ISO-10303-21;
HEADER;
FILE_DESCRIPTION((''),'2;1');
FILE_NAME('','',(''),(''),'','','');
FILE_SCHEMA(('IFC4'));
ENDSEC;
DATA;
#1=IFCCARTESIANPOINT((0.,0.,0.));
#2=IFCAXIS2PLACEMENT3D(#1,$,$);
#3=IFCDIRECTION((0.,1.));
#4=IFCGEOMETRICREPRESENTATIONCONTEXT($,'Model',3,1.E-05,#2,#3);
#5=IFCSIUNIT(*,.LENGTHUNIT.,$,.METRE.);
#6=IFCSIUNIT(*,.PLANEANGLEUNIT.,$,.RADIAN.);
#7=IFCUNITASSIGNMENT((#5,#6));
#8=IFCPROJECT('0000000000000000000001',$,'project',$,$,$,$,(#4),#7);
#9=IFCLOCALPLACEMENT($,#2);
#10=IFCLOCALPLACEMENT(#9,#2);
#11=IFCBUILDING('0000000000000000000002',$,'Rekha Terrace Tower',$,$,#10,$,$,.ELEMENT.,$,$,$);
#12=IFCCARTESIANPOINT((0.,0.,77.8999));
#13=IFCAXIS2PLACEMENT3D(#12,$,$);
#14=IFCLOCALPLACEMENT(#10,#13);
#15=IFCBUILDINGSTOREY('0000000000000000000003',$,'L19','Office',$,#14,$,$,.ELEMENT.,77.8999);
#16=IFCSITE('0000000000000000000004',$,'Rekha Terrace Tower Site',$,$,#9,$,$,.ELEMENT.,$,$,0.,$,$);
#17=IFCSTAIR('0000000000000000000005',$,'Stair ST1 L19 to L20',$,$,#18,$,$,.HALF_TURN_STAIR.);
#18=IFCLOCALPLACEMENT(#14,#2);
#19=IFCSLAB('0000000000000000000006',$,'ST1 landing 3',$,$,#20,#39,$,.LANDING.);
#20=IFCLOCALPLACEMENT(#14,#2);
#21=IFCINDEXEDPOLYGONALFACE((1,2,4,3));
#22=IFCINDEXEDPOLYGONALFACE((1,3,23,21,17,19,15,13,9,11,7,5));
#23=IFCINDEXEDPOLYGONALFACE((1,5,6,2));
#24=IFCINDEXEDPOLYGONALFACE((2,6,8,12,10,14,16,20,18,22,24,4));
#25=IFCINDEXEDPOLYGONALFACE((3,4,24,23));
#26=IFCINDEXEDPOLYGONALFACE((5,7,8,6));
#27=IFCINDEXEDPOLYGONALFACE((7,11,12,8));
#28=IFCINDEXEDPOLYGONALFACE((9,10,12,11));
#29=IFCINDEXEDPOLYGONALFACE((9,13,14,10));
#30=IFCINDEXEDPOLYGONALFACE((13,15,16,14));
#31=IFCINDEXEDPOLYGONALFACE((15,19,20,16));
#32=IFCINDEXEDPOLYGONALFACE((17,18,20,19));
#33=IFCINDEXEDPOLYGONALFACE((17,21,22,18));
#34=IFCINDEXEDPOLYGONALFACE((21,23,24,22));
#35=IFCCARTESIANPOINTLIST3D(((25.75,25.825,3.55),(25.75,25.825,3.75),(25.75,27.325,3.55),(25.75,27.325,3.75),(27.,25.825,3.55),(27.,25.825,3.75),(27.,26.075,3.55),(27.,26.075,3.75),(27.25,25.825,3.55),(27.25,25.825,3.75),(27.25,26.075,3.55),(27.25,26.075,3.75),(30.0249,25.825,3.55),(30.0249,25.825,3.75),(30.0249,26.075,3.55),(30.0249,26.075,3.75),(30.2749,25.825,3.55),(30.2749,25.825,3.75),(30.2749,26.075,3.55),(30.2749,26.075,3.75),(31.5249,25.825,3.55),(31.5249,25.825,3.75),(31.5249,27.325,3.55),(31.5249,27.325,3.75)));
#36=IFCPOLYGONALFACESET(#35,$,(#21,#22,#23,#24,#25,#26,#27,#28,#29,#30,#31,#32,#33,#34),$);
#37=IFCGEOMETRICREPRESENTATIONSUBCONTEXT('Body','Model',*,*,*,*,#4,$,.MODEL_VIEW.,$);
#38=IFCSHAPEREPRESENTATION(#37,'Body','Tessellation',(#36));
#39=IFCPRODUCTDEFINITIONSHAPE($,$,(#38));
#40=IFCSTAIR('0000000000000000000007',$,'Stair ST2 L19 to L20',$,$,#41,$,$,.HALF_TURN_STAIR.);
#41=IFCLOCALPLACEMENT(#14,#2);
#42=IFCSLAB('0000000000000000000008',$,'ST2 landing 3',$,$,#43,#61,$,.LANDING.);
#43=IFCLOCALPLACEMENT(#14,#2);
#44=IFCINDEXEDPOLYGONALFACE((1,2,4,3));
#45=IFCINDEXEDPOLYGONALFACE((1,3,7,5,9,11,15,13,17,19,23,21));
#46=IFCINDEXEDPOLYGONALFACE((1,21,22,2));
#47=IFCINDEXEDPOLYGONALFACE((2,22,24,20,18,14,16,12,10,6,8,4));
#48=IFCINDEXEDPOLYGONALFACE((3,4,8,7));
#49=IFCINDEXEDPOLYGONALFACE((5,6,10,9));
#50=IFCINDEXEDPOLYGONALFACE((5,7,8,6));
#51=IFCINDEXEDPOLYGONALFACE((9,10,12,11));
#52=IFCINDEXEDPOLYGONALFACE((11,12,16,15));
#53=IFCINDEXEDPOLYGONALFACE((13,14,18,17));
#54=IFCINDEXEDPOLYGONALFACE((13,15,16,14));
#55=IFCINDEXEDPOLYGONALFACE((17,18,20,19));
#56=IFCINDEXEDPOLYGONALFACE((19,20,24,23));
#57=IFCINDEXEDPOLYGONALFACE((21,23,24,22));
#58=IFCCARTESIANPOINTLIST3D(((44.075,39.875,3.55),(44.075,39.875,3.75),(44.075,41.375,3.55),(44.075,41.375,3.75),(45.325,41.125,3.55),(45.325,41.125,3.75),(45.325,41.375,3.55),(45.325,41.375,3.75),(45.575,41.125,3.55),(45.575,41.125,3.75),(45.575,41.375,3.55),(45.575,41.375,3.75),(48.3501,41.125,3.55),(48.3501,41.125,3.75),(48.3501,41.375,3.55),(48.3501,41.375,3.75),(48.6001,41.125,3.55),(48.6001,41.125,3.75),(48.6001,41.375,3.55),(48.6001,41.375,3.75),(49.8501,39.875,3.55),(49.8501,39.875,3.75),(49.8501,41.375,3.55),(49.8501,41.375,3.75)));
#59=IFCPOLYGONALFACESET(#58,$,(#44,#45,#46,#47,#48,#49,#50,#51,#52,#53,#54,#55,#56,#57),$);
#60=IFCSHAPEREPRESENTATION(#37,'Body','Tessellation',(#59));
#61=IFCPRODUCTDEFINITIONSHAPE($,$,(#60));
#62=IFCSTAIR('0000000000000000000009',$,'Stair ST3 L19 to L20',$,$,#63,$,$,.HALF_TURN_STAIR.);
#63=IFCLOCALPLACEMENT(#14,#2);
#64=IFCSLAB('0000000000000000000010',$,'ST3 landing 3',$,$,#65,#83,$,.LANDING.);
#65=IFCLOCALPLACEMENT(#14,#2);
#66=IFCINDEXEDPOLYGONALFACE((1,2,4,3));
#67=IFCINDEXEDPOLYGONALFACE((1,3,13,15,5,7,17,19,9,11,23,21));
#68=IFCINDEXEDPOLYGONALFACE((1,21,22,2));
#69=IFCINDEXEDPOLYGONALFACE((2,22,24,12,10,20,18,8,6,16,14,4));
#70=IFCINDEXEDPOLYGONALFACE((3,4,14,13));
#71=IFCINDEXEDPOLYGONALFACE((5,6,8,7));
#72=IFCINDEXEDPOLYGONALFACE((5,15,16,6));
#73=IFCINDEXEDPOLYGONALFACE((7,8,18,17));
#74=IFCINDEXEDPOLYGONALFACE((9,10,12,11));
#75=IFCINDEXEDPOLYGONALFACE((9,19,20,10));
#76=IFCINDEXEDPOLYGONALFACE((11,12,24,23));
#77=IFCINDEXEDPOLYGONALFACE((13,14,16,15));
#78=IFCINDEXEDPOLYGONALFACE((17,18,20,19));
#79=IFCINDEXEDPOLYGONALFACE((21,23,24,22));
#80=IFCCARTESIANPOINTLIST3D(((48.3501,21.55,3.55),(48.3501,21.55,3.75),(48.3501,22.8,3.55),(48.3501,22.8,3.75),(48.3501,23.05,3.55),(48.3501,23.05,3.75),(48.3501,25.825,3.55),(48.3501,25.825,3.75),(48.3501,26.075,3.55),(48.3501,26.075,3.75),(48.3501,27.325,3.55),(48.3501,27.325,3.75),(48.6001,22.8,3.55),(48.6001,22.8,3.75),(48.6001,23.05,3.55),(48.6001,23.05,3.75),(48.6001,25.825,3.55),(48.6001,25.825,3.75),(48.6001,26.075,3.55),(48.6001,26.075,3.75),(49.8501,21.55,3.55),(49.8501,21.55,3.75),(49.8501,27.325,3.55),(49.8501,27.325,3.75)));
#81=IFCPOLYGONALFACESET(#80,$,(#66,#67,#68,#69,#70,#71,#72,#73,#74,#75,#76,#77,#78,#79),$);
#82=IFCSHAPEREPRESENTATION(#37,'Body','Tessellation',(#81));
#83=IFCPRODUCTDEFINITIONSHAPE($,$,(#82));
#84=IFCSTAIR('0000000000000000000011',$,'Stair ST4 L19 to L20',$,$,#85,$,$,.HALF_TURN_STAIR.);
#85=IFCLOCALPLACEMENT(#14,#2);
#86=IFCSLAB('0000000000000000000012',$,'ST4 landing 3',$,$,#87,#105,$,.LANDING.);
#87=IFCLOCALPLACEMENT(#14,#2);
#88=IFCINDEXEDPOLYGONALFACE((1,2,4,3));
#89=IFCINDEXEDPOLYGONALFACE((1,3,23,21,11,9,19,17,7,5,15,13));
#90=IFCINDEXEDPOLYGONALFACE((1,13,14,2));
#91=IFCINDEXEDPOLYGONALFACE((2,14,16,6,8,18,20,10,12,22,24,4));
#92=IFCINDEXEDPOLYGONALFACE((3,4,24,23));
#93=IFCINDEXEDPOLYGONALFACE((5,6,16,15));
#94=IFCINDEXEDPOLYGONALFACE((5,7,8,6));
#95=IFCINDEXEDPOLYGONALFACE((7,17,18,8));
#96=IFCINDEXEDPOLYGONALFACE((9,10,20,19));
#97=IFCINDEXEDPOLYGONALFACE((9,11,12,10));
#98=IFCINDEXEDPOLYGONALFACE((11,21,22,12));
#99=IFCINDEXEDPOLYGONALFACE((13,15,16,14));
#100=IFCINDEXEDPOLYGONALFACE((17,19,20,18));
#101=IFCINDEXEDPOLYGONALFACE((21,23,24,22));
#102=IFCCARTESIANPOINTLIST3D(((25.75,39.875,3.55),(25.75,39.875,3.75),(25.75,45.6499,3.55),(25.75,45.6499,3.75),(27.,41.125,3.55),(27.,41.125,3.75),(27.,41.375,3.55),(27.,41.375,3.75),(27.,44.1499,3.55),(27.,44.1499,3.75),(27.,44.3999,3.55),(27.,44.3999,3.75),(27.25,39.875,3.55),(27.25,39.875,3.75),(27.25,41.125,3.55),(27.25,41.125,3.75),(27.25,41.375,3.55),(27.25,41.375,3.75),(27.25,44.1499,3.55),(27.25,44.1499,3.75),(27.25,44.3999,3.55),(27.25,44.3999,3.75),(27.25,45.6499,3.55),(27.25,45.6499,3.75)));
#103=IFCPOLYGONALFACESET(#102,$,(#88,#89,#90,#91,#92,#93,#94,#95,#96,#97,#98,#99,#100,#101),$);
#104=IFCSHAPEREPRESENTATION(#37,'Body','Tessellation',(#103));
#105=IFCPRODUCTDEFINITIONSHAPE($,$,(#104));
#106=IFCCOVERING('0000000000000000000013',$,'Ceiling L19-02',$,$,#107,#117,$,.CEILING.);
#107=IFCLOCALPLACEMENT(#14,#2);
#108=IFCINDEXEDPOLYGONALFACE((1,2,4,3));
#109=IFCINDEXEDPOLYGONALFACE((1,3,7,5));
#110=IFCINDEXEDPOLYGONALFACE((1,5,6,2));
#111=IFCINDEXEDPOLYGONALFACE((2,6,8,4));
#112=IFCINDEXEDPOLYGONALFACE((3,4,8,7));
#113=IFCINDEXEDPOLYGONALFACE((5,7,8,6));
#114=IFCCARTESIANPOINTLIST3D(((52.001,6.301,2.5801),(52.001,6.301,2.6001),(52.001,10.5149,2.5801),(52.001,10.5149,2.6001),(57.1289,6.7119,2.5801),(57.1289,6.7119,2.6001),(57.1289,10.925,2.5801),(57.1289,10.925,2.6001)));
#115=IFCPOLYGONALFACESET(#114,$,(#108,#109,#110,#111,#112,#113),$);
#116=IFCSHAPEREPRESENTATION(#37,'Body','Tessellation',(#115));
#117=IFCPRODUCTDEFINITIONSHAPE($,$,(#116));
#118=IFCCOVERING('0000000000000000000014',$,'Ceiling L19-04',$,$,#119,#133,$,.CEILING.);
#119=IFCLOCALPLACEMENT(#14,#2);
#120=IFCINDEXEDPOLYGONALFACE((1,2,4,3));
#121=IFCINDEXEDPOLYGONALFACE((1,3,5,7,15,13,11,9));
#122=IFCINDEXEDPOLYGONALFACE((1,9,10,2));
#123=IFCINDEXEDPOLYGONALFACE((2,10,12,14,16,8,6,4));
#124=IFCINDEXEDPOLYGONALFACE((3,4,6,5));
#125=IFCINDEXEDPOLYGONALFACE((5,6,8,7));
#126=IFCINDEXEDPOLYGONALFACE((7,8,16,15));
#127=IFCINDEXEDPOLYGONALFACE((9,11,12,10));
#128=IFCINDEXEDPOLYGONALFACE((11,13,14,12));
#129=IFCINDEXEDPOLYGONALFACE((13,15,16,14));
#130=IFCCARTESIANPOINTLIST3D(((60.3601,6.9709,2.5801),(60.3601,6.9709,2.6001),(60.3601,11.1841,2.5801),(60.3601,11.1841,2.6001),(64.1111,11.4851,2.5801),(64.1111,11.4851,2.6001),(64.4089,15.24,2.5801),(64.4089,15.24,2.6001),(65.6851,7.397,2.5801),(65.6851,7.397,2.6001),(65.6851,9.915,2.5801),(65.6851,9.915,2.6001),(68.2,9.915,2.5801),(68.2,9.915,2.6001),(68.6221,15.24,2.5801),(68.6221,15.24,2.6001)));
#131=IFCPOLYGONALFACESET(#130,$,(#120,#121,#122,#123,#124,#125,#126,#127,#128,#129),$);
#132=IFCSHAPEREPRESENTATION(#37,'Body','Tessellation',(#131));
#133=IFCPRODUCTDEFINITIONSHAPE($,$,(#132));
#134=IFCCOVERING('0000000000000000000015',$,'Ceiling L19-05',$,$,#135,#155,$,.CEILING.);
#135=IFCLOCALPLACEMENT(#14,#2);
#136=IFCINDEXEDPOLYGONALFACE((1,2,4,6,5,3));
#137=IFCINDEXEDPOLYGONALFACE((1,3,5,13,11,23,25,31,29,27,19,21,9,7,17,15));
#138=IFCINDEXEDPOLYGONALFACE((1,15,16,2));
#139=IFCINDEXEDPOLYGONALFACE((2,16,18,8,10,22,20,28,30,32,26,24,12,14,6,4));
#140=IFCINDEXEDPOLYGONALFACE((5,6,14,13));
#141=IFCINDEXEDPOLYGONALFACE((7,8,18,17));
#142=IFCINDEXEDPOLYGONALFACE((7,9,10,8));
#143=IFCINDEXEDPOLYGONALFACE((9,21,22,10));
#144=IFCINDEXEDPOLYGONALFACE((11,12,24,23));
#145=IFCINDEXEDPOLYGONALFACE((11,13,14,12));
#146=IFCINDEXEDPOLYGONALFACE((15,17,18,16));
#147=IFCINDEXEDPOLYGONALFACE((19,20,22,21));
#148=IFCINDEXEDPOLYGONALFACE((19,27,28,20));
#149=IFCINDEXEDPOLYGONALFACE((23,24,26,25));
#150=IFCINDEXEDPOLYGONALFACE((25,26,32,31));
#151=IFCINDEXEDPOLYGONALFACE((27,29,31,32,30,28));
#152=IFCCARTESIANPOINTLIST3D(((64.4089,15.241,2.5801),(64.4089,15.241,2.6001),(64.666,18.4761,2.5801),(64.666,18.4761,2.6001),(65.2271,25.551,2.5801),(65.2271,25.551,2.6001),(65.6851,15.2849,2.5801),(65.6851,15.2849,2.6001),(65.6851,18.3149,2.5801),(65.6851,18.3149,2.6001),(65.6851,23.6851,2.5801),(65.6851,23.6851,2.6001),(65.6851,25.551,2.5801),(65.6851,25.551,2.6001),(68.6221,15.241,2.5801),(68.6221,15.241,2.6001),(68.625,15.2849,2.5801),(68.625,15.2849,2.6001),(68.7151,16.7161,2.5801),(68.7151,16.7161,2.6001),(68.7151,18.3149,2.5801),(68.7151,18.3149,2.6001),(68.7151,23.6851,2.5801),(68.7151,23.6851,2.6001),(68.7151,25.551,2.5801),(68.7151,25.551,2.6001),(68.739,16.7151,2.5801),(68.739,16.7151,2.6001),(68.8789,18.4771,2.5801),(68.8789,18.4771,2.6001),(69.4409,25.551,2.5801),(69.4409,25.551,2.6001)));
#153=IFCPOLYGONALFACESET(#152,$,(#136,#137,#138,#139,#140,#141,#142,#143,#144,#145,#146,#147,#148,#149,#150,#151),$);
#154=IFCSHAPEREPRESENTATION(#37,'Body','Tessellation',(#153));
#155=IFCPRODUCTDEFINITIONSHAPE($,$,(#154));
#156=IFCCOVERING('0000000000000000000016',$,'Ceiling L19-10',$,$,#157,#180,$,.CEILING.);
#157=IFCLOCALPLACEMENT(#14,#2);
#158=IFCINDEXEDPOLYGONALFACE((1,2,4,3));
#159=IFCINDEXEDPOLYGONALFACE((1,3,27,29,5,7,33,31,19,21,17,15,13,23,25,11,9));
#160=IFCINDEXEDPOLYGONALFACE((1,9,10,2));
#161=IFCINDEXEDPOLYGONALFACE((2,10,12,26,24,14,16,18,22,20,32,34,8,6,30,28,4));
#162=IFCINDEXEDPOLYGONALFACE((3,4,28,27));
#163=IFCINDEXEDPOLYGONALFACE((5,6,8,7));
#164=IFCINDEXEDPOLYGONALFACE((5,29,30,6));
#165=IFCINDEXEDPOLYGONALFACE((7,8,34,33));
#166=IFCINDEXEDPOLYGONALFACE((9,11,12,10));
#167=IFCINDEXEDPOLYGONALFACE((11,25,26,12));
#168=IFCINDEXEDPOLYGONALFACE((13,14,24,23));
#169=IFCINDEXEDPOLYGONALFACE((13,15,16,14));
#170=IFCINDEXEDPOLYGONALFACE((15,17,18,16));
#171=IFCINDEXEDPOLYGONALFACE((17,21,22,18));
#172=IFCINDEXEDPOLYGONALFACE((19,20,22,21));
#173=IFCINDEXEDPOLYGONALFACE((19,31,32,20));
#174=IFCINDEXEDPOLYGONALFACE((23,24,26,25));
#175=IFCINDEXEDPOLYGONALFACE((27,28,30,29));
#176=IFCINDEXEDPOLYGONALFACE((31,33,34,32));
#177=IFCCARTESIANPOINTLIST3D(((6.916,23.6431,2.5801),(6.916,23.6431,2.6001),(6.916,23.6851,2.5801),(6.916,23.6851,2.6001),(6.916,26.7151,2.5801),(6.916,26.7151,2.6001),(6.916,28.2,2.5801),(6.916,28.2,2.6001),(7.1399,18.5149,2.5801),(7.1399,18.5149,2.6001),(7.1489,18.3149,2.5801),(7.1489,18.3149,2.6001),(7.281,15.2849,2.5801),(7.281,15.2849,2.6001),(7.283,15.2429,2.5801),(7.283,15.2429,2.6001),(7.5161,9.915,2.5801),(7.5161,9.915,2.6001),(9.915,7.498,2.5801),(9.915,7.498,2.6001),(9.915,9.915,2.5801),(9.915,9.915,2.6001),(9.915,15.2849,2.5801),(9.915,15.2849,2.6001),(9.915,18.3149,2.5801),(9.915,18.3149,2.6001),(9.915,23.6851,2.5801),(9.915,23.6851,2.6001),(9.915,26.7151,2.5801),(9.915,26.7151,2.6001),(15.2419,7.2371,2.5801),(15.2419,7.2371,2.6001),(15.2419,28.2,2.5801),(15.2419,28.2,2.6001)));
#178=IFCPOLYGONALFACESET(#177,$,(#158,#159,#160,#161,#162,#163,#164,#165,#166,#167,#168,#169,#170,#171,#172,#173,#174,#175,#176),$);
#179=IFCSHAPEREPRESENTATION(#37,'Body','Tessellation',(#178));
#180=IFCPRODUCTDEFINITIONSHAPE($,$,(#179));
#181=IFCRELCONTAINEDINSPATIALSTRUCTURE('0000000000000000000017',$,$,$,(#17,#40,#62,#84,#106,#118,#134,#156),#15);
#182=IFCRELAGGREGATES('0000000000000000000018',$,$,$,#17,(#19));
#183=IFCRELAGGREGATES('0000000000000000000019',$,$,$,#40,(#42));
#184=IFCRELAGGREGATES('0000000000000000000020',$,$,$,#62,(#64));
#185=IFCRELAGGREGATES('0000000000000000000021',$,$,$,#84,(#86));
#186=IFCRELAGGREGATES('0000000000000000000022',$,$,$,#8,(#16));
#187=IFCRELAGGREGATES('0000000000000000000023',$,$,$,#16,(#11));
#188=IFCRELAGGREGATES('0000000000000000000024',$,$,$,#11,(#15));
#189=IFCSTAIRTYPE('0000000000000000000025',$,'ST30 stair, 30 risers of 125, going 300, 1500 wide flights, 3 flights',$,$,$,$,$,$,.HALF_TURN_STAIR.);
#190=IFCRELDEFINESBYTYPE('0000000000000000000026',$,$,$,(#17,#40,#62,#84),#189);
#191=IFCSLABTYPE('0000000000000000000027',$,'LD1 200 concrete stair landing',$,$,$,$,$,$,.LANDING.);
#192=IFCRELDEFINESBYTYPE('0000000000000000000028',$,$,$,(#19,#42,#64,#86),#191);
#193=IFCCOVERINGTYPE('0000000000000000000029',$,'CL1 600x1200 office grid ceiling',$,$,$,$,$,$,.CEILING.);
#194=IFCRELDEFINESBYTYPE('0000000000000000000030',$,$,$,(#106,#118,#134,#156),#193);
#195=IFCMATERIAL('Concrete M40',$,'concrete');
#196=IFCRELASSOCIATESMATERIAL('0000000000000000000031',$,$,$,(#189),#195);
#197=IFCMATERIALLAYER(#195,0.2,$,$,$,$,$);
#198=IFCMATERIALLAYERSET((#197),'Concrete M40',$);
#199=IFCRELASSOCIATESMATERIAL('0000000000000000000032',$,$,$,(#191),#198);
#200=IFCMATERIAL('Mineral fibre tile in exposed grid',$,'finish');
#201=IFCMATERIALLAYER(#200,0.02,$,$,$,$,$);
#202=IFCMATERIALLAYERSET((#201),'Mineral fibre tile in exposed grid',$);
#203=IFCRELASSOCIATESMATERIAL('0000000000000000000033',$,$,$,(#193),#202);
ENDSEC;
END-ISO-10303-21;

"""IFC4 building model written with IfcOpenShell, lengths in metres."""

from ifc_helpers import new_model, si_unit, direction, frame, origin, place, context, subcontext, project, spatial, polyline, outline, extrude, material, layer, layer_set, type_object, element, aggregate, save


model = new_model("IFC4")

# Units and contexts
model_context = context("Model", 3, precision=1e-05, world=origin(), true_north=direction((0.0, 1.0)))
body_context = subcontext(model_context, "Body", "Model", "MODEL_VIEW")
ifc_project = project(units=[si_unit("LENGTHUNIT", "METRE"), si_unit("PLANEANGLEUNIT", "RADIAN")], contexts=[model_context])

# Site, building, storey
site_placement = place(None, origin())
site = spatial("IfcSite", under=ifc_project, at=site_placement, Name="Rekha Terrace Tower Site", CompositionType="ELEMENT", RefElevation=0.0)
building_placement = place(site_placement, origin())
building = spatial("IfcBuilding", under=site, at=building_placement, Name="Rekha Terrace Tower", CompositionType="ELEMENT")
storey_placement = place(building_placement, frame((0.0, 0.0, 77.8999)))
storey = spatial("IfcBuildingStorey", under=building, at=storey_placement, Name="L19", Description="Office", CompositionType="ELEMENT", Elevation=77.8999)

# Stairs, slabs
ifc_material_1 = material(Name="Concrete M40", Category="concrete")
stair_type = type_object("IfcStairType", Name="ST30 stair, 30 risers of 125, going 300, 1500 wide flights, 3 flights", PredefinedType="HALF_TURN_STAIR", material=ifc_material_1)
stair_1_placement = place(storey_placement, origin())
stair_1 = element("IfcStair", 1, at=stair_1_placement, inside=storey, type_object=stair_type, Name="Stair ST1 L19 to L20", PredefinedType="HALF_TURN_STAIR")
ifc_layer_1 = layer(ifc_material_1, 0.2)
ifc_layer_set_1 = layer_set([ifc_layer_1], Name="Concrete M40")
slab_type = type_object("IfcSlabType", Name="LD1 200 concrete stair landing", PredefinedType="LANDING", material=ifc_layer_set_1)
slab_1_placement = place(storey_placement, frame((0.0, 0.0, 3.55)))
slab_1 = element("IfcSlab", 2, at=slab_1_placement, type_object=slab_type, Name="ST1 landing 3", PredefinedType="LANDING", context=body_context, shape_type="SweptSolid", body=[
    extrude(outline(polyline([(31.5249, 25.825), (31.5249, 27.325), (25.75, 27.325), (25.75, 25.825), (27.0, 25.825), (27.0, 26.075), (27.25, 26.075), (27.25, 25.825), (30.0249, 25.825), (30.0249, 26.075), (30.2749, 26.075), (30.2749, 25.825), (31.5249, 25.825)])), origin(), (0.0, 0.0, 1.0), 0.2),
])
aggregate(stair_1, [slab_1])
stair_2_placement = place(storey_placement, origin())
stair_2 = element("IfcStair", 3, at=stair_2_placement, inside=storey, type_object=stair_type, Name="Stair ST2 L19 to L20", PredefinedType="HALF_TURN_STAIR")
slab_2_placement = place(storey_placement, frame((0.0, 0.0, 3.55)))
slab_2 = element("IfcSlab", 4, at=slab_2_placement, type_object=slab_type, Name="ST2 landing 3", PredefinedType="LANDING", context=body_context, shape_type="SweptSolid", body=[
    extrude(outline(polyline([(44.075, 41.375), (44.075, 39.875), (49.8501, 39.875), (49.8501, 41.375), (48.6001, 41.375), (48.6001, 41.125), (48.3501, 41.125), (48.3501, 41.375), (45.575, 41.375), (45.575, 41.125), (45.325, 41.125), (45.325, 41.375), (44.075, 41.375)])), origin(), (0.0, 0.0, 1.0), 0.2),
])
aggregate(stair_2, [slab_2])
stair_3_placement = place(storey_placement, origin())
stair_3 = element("IfcStair", 5, at=stair_3_placement, inside=storey, type_object=stair_type, Name="Stair ST3 L19 to L20", PredefinedType="HALF_TURN_STAIR")
slab_3_placement = place(storey_placement, frame((0.0, 0.0, 3.55)))
slab_3 = element("IfcSlab", 6, at=slab_3_placement, type_object=slab_type, Name="ST3 landing 3", PredefinedType="LANDING", context=body_context, shape_type="SweptSolid", body=[
    extrude(outline(polyline([(48.3501, 21.55), (49.8501, 21.55), (49.8501, 27.325), (48.3501, 27.325), (48.3501, 26.075), (48.6001, 26.075), (48.6001, 25.825), (48.3501, 25.825), (48.3501, 23.05), (48.6001, 23.05), (48.6001, 22.8), (48.3501, 22.8), (48.3501, 21.55)])), origin(), (0.0, 0.0, 1.0), 0.2),
])
aggregate(stair_3, [slab_3])
stair_4_placement = place(storey_placement, origin())
stair_4 = element("IfcStair", 7, at=stair_4_placement, inside=storey, type_object=stair_type, Name="Stair ST4 L19 to L20", PredefinedType="HALF_TURN_STAIR")
slab_4_placement = place(storey_placement, frame((0.0, 0.0, 3.55)))
slab_4 = element("IfcSlab", 8, at=slab_4_placement, type_object=slab_type, Name="ST4 landing 3", PredefinedType="LANDING", context=body_context, shape_type="SweptSolid", body=[
    extrude(outline(polyline([(27.25, 39.875), (25.75, 39.875), (25.75, 45.6499), (27.25, 45.6499), (27.25, 44.3999), (27.0, 44.3999), (27.0, 44.1499), (27.25, 44.1499), (27.25, 41.375), (27.0, 41.375), (27.0, 41.125), (27.25, 41.125), (27.25, 39.875)])), origin(), (0.0, 0.0, 1.0), 0.2),
])
aggregate(stair_4, [slab_4])

# Coverings
ifc_material_2 = material(Name="Mineral fibre tile in exposed grid", Category="finish")
ifc_layer_2 = layer(ifc_material_2, 0.02)
ifc_layer_set_2 = layer_set([ifc_layer_2], Name="Mineral fibre tile in exposed grid")
covering_type_1 = type_object("IfcCoveringType", Name="CL1 600x1200 office grid ceiling", PredefinedType="CEILING", material=ifc_layer_set_2)
covering_1_placement = place(storey_placement, frame((0.0, 0.0, 2.5801)))
element("IfcCovering", 9, at=covering_1_placement, inside=storey, type_object=covering_type_1, Name="Ceiling L19-02", PredefinedType="CEILING", context=body_context, shape_type="SweptSolid", body=[
    extrude(outline(polyline([(57.1289, 6.7119), (57.1289, 10.925), (52.001, 10.5149), (52.001, 6.301), (57.1289, 6.7119)])), origin(), (0.0, 0.0, 1.0), 0.02),
])
covering_2_placement = place(storey_placement, frame((0.0, 0.0, 2.5801)))
element("IfcCovering", 10, at=covering_2_placement, inside=storey, type_object=covering_type_1, Name="Ceiling L19-04", PredefinedType="CEILING", context=body_context, shape_type="SweptSolid", body=[
    extrude(outline(polyline([(64.1111, 11.4851), (60.3601, 11.1841), (60.3601, 6.9709), (65.6851, 7.397), (65.6851, 9.915), (68.2, 9.915), (68.6221, 15.24), (64.4089, 15.24), (64.1111, 11.4851)])), origin(), (0.0, 0.0, 1.0), 0.02),
])
covering_3_placement = place(storey_placement, frame((0.0, 0.0, 2.5801)))
element("IfcCovering", 11, at=covering_3_placement, inside=storey, type_object=covering_type_1, Name="Ceiling L19-05", PredefinedType="CEILING", context=body_context, shape_type="SweptSolid", body=[
    extrude(outline(polyline([(65.6851, 23.6851), (65.6851, 25.551), (65.2271, 25.551), (64.666, 18.4761), (64.4089, 15.241), (68.6221, 15.241), (68.625, 15.2849), (65.6851, 15.2849), (65.6851, 18.3149), (68.7151, 18.3149), (68.7151, 16.7161), (68.739, 16.7151), (68.8789, 18.4771), (69.4409, 25.551), (68.7151, 25.551), (68.7151, 23.6851), (65.6851, 23.6851)])), origin(), (0.0, 0.0, 1.0), 0.02),
])
covering_4_placement = place(storey_placement, frame((0.0, 0.0, 2.5801)))
element("IfcCovering", 12, at=covering_4_placement, inside=storey, type_object=covering_type_1, Name="Ceiling L19-10", PredefinedType="CEILING", context=body_context, shape_type="SweptSolid", body=[
    extrude(outline(polyline([(9.915, 15.2849), (7.281, 15.2849), (7.283, 15.2429), (7.5161, 9.915), (9.915, 9.915), (9.915, 7.498), (15.2419, 7.2371), (15.2419, 28.2), (6.916, 28.2), (6.916, 26.7151), (9.915, 26.7151), (9.915, 23.6851), (6.916, 23.6851), (6.916, 23.6431), (7.1399, 18.5149), (7.1489, 18.3149), (9.915, 18.3149), (9.915, 15.2849)])), origin(), (0.0, 0.0, 1.0), 0.02),
])

save(model, "model.ifc")
